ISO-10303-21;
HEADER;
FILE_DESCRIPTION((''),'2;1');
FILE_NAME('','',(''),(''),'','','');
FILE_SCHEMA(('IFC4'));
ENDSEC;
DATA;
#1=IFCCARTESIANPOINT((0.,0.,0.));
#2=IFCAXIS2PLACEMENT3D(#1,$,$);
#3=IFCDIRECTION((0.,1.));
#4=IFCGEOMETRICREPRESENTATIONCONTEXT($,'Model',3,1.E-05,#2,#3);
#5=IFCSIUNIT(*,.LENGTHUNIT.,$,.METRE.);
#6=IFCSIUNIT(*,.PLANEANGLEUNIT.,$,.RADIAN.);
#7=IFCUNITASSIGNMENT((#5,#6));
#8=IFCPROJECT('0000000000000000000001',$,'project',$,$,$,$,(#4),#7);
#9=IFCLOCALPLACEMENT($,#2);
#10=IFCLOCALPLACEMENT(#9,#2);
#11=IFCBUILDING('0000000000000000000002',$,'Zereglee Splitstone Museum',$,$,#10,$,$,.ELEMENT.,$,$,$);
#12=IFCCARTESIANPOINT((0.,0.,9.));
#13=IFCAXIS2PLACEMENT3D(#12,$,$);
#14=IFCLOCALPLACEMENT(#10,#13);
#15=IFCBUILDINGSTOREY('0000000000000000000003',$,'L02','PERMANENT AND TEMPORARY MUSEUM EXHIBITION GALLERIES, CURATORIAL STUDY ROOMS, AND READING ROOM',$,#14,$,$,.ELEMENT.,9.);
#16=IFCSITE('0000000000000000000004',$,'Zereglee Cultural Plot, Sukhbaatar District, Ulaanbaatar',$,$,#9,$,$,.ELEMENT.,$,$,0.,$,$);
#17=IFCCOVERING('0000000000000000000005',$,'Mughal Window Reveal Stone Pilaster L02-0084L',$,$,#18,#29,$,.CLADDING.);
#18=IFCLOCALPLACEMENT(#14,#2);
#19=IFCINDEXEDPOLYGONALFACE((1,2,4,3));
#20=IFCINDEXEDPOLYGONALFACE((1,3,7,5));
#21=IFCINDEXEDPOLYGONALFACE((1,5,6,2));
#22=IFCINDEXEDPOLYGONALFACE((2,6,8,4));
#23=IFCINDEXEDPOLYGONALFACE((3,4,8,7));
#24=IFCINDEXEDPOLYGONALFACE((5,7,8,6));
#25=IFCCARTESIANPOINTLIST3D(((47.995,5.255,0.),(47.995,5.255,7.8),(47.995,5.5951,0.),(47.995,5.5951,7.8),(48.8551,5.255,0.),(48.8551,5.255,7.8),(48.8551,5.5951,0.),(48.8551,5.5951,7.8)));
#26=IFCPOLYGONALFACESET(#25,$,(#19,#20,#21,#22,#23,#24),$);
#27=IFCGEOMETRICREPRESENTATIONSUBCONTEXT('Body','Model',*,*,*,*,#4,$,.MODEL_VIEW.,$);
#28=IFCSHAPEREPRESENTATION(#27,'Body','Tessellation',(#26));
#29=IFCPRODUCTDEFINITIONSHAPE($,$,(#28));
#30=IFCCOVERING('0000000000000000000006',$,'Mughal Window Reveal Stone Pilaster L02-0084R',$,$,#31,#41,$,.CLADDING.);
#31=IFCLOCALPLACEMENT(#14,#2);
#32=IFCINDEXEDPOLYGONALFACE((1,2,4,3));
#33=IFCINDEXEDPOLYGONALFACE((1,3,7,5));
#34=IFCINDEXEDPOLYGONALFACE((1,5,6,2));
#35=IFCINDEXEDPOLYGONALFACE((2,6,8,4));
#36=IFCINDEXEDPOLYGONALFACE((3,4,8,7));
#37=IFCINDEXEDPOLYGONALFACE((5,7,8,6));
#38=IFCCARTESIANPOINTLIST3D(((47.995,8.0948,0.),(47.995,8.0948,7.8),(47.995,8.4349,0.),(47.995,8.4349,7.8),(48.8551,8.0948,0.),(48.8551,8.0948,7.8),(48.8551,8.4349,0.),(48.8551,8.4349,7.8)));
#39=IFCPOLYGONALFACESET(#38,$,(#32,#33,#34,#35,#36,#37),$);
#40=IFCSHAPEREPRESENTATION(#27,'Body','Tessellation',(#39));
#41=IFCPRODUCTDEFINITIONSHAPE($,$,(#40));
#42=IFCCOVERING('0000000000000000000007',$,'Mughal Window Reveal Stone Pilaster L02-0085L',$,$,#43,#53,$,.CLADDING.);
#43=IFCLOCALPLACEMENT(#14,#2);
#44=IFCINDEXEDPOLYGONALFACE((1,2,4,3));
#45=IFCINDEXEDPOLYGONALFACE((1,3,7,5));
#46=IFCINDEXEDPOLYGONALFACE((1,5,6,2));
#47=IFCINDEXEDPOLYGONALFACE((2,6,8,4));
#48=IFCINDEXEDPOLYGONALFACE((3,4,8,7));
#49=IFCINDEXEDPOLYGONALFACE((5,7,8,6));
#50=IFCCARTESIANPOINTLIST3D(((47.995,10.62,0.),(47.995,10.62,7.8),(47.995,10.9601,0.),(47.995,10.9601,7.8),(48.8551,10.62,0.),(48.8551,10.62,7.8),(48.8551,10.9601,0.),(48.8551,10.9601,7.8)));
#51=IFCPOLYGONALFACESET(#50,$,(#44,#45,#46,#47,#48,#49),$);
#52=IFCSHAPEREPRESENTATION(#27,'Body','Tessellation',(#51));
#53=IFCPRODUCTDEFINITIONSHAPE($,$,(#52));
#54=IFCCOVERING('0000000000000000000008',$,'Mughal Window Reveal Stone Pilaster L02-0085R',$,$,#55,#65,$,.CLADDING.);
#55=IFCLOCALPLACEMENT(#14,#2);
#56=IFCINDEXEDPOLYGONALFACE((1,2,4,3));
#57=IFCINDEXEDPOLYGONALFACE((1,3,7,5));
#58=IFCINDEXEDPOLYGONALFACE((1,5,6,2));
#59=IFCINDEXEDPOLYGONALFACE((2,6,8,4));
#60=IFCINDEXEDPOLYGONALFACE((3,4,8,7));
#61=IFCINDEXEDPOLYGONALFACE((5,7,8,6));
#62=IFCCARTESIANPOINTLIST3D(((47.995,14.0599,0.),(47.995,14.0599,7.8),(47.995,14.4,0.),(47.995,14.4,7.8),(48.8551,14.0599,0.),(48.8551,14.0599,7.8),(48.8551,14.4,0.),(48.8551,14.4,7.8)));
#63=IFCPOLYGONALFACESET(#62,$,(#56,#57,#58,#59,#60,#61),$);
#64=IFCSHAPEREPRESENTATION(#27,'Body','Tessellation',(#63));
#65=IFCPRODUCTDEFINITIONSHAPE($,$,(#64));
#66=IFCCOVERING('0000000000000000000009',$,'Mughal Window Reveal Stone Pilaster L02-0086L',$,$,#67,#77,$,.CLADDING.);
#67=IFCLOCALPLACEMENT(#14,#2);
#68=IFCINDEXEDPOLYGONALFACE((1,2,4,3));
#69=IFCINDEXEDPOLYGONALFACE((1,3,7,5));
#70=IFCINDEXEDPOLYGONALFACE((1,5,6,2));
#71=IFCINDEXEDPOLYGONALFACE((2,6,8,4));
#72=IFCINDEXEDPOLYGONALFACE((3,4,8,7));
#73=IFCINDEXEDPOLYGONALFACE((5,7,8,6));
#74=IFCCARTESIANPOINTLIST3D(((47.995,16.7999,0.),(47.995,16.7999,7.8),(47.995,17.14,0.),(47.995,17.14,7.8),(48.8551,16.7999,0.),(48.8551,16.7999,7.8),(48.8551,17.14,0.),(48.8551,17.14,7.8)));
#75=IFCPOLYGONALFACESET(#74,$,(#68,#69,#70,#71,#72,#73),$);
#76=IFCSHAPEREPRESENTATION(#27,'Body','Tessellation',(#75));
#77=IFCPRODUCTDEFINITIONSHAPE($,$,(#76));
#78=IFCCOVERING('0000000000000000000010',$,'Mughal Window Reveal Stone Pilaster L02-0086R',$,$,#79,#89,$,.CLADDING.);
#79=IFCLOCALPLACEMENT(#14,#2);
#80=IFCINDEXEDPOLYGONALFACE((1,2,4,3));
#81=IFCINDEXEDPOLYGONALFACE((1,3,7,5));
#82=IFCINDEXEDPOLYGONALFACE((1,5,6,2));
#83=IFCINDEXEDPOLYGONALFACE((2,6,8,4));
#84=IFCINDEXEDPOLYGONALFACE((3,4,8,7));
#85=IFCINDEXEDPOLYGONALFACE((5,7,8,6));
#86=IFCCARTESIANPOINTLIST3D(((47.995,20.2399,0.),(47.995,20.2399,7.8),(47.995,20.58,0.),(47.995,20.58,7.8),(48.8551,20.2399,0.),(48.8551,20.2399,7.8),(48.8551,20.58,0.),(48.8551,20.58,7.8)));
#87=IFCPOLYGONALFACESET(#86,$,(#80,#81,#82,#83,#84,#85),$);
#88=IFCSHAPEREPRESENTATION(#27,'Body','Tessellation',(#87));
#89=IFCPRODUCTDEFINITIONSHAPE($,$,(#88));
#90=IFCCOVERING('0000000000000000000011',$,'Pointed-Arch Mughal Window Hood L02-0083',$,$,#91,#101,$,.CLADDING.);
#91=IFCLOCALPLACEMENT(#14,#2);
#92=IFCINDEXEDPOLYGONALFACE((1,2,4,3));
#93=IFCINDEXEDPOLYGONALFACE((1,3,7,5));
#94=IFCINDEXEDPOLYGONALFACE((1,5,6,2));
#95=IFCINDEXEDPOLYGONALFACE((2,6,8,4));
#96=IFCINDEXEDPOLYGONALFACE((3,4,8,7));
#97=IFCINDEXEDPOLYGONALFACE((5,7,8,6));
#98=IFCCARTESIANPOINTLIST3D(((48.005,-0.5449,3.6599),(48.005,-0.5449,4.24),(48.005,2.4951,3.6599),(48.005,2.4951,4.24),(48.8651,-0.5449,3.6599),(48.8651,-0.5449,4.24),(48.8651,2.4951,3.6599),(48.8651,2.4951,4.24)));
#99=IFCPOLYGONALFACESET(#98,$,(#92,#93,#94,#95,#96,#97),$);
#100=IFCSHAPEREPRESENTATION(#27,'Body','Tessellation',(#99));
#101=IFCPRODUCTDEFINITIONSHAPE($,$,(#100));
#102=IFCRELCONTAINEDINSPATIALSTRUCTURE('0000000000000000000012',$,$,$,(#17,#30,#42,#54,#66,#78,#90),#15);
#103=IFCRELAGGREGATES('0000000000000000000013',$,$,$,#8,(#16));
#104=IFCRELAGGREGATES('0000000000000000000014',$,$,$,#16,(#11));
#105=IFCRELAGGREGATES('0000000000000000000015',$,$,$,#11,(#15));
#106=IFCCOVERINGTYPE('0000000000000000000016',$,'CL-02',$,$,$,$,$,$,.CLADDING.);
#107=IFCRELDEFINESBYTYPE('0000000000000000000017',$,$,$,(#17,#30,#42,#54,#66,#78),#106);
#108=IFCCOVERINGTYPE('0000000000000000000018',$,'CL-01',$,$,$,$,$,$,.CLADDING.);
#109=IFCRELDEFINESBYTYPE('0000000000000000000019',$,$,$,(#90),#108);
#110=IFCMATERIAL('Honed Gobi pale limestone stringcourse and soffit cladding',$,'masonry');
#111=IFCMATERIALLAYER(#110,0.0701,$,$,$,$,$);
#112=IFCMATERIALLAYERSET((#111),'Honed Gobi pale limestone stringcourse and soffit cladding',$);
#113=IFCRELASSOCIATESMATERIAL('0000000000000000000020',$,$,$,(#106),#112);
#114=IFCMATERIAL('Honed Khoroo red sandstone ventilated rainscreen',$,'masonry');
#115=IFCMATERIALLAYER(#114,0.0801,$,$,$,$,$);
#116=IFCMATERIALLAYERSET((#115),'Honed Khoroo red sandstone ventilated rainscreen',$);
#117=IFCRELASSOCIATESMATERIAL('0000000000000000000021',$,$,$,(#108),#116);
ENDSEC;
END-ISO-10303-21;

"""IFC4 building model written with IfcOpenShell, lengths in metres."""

from ifc_helpers import new_model, si_unit, direction, frame, origin, origin_2d, place, context, subcontext, project, spatial, rectangle, extrude, material, layer, layer_set, type_object, element, save


model = new_model("IFC4")

# Units and contexts
model_context = context("Model", 3, precision=1e-05, world=origin(), true_north=direction((0.0, 1.0)))
body_context = subcontext(model_context, "Body", "Model", "MODEL_VIEW")
ifc_project = project(units=[si_unit("LENGTHUNIT", "METRE"), si_unit("PLANEANGLEUNIT", "RADIAN")], contexts=[model_context])

# Site, building, storey
site_placement = place(None, origin())
site = spatial("IfcSite", under=ifc_project, at=site_placement, Name="Zereglee Cultural Plot, Sukhbaatar District, Ulaanbaatar", CompositionType="ELEMENT", RefElevation=0.0)
building_placement = place(site_placement, origin())
building = spatial("IfcBuilding", under=site, at=building_placement, Name="Zereglee Splitstone Museum", CompositionType="ELEMENT")
storey_placement = place(building_placement, frame((0.0, 0.0, 9.0)))
storey = spatial("IfcBuildingStorey", under=building, at=storey_placement, Name="L02", Description="PERMANENT AND TEMPORARY MUSEUM EXHIBITION GALLERIES, CURATORIAL STUDY ROOMS, AND READING ROOM", CompositionType="ELEMENT", Elevation=9.0)

# Coverings
ifc_material_1 = material(Name="Honed Gobi pale limestone stringcourse and soffit cladding", Category="masonry")
ifc_layer_1 = layer(ifc_material_1, 0.0701)
ifc_layer_set_1 = layer_set([ifc_layer_1], Name="Honed Gobi pale limestone stringcourse and soffit cladding")
covering_type_1 = type_object("IfcCoveringType", Name="CL-02", PredefinedType="CLADDING", material=ifc_layer_set_1)
for number, where, z_axis, x_axis, name in (
    (1, (48.425, 5.425, 0.0), (0.0, 0.0, 1.0), (0.0, 1.0, 0.0), "Mughal Window Reveal Stone Pilaster L02-0084L"),
    (2, (48.425, 8.2649, 0.0), (0.0, 0.0, 1.0), (0.0, 1.0, 0.0), "Mughal Window Reveal Stone Pilaster L02-0084R"),
    (3, (48.425, 10.79, 0.0), (0.0, 0.0, 1.0), (0.0, 1.0, 0.0), "Mughal Window Reveal Stone Pilaster L02-0085L"),
    (4, (48.425, 14.23, 0.0), (0.0, 0.0, 1.0), (0.0, 1.0, 0.0), "Mughal Window Reveal Stone Pilaster L02-0085R"),
    (5, (48.425, 16.97, 0.0), (0.0, 0.0, 1.0), (0.0, 1.0, 0.0), "Mughal Window Reveal Stone Pilaster L02-0086L"),
    (6, (48.425, 20.4099, 0.0), (0.0, 0.0, 1.0), (0.0, 1.0, 0.0), "Mughal Window Reveal Stone Pilaster L02-0086R"),
):
    element("IfcCovering", number, at=place(storey_placement, frame(where, z_axis=z_axis, x_axis=x_axis)), inside=storey, type_object=covering_type_1, Name=name, PredefinedType="CLADDING", context=body_context, shape_type="SweptSolid", body=[
        extrude(rectangle(XDim=0.3401, YDim=0.8601, at=origin_2d()), origin(), (0.0, 0.0, 1.0), 7.8),
    ])
ifc_material_2 = material(Name="Honed Khoroo red sandstone ventilated rainscreen", Category="masonry")
ifc_layer_2 = layer(ifc_material_2, 0.0801)
ifc_layer_set_2 = layer_set([ifc_layer_2], Name="Honed Khoroo red sandstone ventilated rainscreen")
covering_type_2 = type_object("IfcCoveringType", Name="CL-01", PredefinedType="CLADDING", material=ifc_layer_set_2)
covering_placement = place(storey_placement, frame((48.4351, 0.9751, 3.6599), z_axis=(0.0, 0.0, 1.0), x_axis=(0.0, 1.0, 0.0)))
element("IfcCovering", 7, at=covering_placement, inside=storey, type_object=covering_type_2, Name="Pointed-Arch Mughal Window Hood L02-0083", PredefinedType="CLADDING", context=body_context, shape_type="SweptSolid", body=[
    extrude(rectangle(XDim=3.04, YDim=0.8601, at=origin_2d()), origin(), (0.0, 0.0, 1.0), 0.5801),
])

save(model, "model.ifc")
